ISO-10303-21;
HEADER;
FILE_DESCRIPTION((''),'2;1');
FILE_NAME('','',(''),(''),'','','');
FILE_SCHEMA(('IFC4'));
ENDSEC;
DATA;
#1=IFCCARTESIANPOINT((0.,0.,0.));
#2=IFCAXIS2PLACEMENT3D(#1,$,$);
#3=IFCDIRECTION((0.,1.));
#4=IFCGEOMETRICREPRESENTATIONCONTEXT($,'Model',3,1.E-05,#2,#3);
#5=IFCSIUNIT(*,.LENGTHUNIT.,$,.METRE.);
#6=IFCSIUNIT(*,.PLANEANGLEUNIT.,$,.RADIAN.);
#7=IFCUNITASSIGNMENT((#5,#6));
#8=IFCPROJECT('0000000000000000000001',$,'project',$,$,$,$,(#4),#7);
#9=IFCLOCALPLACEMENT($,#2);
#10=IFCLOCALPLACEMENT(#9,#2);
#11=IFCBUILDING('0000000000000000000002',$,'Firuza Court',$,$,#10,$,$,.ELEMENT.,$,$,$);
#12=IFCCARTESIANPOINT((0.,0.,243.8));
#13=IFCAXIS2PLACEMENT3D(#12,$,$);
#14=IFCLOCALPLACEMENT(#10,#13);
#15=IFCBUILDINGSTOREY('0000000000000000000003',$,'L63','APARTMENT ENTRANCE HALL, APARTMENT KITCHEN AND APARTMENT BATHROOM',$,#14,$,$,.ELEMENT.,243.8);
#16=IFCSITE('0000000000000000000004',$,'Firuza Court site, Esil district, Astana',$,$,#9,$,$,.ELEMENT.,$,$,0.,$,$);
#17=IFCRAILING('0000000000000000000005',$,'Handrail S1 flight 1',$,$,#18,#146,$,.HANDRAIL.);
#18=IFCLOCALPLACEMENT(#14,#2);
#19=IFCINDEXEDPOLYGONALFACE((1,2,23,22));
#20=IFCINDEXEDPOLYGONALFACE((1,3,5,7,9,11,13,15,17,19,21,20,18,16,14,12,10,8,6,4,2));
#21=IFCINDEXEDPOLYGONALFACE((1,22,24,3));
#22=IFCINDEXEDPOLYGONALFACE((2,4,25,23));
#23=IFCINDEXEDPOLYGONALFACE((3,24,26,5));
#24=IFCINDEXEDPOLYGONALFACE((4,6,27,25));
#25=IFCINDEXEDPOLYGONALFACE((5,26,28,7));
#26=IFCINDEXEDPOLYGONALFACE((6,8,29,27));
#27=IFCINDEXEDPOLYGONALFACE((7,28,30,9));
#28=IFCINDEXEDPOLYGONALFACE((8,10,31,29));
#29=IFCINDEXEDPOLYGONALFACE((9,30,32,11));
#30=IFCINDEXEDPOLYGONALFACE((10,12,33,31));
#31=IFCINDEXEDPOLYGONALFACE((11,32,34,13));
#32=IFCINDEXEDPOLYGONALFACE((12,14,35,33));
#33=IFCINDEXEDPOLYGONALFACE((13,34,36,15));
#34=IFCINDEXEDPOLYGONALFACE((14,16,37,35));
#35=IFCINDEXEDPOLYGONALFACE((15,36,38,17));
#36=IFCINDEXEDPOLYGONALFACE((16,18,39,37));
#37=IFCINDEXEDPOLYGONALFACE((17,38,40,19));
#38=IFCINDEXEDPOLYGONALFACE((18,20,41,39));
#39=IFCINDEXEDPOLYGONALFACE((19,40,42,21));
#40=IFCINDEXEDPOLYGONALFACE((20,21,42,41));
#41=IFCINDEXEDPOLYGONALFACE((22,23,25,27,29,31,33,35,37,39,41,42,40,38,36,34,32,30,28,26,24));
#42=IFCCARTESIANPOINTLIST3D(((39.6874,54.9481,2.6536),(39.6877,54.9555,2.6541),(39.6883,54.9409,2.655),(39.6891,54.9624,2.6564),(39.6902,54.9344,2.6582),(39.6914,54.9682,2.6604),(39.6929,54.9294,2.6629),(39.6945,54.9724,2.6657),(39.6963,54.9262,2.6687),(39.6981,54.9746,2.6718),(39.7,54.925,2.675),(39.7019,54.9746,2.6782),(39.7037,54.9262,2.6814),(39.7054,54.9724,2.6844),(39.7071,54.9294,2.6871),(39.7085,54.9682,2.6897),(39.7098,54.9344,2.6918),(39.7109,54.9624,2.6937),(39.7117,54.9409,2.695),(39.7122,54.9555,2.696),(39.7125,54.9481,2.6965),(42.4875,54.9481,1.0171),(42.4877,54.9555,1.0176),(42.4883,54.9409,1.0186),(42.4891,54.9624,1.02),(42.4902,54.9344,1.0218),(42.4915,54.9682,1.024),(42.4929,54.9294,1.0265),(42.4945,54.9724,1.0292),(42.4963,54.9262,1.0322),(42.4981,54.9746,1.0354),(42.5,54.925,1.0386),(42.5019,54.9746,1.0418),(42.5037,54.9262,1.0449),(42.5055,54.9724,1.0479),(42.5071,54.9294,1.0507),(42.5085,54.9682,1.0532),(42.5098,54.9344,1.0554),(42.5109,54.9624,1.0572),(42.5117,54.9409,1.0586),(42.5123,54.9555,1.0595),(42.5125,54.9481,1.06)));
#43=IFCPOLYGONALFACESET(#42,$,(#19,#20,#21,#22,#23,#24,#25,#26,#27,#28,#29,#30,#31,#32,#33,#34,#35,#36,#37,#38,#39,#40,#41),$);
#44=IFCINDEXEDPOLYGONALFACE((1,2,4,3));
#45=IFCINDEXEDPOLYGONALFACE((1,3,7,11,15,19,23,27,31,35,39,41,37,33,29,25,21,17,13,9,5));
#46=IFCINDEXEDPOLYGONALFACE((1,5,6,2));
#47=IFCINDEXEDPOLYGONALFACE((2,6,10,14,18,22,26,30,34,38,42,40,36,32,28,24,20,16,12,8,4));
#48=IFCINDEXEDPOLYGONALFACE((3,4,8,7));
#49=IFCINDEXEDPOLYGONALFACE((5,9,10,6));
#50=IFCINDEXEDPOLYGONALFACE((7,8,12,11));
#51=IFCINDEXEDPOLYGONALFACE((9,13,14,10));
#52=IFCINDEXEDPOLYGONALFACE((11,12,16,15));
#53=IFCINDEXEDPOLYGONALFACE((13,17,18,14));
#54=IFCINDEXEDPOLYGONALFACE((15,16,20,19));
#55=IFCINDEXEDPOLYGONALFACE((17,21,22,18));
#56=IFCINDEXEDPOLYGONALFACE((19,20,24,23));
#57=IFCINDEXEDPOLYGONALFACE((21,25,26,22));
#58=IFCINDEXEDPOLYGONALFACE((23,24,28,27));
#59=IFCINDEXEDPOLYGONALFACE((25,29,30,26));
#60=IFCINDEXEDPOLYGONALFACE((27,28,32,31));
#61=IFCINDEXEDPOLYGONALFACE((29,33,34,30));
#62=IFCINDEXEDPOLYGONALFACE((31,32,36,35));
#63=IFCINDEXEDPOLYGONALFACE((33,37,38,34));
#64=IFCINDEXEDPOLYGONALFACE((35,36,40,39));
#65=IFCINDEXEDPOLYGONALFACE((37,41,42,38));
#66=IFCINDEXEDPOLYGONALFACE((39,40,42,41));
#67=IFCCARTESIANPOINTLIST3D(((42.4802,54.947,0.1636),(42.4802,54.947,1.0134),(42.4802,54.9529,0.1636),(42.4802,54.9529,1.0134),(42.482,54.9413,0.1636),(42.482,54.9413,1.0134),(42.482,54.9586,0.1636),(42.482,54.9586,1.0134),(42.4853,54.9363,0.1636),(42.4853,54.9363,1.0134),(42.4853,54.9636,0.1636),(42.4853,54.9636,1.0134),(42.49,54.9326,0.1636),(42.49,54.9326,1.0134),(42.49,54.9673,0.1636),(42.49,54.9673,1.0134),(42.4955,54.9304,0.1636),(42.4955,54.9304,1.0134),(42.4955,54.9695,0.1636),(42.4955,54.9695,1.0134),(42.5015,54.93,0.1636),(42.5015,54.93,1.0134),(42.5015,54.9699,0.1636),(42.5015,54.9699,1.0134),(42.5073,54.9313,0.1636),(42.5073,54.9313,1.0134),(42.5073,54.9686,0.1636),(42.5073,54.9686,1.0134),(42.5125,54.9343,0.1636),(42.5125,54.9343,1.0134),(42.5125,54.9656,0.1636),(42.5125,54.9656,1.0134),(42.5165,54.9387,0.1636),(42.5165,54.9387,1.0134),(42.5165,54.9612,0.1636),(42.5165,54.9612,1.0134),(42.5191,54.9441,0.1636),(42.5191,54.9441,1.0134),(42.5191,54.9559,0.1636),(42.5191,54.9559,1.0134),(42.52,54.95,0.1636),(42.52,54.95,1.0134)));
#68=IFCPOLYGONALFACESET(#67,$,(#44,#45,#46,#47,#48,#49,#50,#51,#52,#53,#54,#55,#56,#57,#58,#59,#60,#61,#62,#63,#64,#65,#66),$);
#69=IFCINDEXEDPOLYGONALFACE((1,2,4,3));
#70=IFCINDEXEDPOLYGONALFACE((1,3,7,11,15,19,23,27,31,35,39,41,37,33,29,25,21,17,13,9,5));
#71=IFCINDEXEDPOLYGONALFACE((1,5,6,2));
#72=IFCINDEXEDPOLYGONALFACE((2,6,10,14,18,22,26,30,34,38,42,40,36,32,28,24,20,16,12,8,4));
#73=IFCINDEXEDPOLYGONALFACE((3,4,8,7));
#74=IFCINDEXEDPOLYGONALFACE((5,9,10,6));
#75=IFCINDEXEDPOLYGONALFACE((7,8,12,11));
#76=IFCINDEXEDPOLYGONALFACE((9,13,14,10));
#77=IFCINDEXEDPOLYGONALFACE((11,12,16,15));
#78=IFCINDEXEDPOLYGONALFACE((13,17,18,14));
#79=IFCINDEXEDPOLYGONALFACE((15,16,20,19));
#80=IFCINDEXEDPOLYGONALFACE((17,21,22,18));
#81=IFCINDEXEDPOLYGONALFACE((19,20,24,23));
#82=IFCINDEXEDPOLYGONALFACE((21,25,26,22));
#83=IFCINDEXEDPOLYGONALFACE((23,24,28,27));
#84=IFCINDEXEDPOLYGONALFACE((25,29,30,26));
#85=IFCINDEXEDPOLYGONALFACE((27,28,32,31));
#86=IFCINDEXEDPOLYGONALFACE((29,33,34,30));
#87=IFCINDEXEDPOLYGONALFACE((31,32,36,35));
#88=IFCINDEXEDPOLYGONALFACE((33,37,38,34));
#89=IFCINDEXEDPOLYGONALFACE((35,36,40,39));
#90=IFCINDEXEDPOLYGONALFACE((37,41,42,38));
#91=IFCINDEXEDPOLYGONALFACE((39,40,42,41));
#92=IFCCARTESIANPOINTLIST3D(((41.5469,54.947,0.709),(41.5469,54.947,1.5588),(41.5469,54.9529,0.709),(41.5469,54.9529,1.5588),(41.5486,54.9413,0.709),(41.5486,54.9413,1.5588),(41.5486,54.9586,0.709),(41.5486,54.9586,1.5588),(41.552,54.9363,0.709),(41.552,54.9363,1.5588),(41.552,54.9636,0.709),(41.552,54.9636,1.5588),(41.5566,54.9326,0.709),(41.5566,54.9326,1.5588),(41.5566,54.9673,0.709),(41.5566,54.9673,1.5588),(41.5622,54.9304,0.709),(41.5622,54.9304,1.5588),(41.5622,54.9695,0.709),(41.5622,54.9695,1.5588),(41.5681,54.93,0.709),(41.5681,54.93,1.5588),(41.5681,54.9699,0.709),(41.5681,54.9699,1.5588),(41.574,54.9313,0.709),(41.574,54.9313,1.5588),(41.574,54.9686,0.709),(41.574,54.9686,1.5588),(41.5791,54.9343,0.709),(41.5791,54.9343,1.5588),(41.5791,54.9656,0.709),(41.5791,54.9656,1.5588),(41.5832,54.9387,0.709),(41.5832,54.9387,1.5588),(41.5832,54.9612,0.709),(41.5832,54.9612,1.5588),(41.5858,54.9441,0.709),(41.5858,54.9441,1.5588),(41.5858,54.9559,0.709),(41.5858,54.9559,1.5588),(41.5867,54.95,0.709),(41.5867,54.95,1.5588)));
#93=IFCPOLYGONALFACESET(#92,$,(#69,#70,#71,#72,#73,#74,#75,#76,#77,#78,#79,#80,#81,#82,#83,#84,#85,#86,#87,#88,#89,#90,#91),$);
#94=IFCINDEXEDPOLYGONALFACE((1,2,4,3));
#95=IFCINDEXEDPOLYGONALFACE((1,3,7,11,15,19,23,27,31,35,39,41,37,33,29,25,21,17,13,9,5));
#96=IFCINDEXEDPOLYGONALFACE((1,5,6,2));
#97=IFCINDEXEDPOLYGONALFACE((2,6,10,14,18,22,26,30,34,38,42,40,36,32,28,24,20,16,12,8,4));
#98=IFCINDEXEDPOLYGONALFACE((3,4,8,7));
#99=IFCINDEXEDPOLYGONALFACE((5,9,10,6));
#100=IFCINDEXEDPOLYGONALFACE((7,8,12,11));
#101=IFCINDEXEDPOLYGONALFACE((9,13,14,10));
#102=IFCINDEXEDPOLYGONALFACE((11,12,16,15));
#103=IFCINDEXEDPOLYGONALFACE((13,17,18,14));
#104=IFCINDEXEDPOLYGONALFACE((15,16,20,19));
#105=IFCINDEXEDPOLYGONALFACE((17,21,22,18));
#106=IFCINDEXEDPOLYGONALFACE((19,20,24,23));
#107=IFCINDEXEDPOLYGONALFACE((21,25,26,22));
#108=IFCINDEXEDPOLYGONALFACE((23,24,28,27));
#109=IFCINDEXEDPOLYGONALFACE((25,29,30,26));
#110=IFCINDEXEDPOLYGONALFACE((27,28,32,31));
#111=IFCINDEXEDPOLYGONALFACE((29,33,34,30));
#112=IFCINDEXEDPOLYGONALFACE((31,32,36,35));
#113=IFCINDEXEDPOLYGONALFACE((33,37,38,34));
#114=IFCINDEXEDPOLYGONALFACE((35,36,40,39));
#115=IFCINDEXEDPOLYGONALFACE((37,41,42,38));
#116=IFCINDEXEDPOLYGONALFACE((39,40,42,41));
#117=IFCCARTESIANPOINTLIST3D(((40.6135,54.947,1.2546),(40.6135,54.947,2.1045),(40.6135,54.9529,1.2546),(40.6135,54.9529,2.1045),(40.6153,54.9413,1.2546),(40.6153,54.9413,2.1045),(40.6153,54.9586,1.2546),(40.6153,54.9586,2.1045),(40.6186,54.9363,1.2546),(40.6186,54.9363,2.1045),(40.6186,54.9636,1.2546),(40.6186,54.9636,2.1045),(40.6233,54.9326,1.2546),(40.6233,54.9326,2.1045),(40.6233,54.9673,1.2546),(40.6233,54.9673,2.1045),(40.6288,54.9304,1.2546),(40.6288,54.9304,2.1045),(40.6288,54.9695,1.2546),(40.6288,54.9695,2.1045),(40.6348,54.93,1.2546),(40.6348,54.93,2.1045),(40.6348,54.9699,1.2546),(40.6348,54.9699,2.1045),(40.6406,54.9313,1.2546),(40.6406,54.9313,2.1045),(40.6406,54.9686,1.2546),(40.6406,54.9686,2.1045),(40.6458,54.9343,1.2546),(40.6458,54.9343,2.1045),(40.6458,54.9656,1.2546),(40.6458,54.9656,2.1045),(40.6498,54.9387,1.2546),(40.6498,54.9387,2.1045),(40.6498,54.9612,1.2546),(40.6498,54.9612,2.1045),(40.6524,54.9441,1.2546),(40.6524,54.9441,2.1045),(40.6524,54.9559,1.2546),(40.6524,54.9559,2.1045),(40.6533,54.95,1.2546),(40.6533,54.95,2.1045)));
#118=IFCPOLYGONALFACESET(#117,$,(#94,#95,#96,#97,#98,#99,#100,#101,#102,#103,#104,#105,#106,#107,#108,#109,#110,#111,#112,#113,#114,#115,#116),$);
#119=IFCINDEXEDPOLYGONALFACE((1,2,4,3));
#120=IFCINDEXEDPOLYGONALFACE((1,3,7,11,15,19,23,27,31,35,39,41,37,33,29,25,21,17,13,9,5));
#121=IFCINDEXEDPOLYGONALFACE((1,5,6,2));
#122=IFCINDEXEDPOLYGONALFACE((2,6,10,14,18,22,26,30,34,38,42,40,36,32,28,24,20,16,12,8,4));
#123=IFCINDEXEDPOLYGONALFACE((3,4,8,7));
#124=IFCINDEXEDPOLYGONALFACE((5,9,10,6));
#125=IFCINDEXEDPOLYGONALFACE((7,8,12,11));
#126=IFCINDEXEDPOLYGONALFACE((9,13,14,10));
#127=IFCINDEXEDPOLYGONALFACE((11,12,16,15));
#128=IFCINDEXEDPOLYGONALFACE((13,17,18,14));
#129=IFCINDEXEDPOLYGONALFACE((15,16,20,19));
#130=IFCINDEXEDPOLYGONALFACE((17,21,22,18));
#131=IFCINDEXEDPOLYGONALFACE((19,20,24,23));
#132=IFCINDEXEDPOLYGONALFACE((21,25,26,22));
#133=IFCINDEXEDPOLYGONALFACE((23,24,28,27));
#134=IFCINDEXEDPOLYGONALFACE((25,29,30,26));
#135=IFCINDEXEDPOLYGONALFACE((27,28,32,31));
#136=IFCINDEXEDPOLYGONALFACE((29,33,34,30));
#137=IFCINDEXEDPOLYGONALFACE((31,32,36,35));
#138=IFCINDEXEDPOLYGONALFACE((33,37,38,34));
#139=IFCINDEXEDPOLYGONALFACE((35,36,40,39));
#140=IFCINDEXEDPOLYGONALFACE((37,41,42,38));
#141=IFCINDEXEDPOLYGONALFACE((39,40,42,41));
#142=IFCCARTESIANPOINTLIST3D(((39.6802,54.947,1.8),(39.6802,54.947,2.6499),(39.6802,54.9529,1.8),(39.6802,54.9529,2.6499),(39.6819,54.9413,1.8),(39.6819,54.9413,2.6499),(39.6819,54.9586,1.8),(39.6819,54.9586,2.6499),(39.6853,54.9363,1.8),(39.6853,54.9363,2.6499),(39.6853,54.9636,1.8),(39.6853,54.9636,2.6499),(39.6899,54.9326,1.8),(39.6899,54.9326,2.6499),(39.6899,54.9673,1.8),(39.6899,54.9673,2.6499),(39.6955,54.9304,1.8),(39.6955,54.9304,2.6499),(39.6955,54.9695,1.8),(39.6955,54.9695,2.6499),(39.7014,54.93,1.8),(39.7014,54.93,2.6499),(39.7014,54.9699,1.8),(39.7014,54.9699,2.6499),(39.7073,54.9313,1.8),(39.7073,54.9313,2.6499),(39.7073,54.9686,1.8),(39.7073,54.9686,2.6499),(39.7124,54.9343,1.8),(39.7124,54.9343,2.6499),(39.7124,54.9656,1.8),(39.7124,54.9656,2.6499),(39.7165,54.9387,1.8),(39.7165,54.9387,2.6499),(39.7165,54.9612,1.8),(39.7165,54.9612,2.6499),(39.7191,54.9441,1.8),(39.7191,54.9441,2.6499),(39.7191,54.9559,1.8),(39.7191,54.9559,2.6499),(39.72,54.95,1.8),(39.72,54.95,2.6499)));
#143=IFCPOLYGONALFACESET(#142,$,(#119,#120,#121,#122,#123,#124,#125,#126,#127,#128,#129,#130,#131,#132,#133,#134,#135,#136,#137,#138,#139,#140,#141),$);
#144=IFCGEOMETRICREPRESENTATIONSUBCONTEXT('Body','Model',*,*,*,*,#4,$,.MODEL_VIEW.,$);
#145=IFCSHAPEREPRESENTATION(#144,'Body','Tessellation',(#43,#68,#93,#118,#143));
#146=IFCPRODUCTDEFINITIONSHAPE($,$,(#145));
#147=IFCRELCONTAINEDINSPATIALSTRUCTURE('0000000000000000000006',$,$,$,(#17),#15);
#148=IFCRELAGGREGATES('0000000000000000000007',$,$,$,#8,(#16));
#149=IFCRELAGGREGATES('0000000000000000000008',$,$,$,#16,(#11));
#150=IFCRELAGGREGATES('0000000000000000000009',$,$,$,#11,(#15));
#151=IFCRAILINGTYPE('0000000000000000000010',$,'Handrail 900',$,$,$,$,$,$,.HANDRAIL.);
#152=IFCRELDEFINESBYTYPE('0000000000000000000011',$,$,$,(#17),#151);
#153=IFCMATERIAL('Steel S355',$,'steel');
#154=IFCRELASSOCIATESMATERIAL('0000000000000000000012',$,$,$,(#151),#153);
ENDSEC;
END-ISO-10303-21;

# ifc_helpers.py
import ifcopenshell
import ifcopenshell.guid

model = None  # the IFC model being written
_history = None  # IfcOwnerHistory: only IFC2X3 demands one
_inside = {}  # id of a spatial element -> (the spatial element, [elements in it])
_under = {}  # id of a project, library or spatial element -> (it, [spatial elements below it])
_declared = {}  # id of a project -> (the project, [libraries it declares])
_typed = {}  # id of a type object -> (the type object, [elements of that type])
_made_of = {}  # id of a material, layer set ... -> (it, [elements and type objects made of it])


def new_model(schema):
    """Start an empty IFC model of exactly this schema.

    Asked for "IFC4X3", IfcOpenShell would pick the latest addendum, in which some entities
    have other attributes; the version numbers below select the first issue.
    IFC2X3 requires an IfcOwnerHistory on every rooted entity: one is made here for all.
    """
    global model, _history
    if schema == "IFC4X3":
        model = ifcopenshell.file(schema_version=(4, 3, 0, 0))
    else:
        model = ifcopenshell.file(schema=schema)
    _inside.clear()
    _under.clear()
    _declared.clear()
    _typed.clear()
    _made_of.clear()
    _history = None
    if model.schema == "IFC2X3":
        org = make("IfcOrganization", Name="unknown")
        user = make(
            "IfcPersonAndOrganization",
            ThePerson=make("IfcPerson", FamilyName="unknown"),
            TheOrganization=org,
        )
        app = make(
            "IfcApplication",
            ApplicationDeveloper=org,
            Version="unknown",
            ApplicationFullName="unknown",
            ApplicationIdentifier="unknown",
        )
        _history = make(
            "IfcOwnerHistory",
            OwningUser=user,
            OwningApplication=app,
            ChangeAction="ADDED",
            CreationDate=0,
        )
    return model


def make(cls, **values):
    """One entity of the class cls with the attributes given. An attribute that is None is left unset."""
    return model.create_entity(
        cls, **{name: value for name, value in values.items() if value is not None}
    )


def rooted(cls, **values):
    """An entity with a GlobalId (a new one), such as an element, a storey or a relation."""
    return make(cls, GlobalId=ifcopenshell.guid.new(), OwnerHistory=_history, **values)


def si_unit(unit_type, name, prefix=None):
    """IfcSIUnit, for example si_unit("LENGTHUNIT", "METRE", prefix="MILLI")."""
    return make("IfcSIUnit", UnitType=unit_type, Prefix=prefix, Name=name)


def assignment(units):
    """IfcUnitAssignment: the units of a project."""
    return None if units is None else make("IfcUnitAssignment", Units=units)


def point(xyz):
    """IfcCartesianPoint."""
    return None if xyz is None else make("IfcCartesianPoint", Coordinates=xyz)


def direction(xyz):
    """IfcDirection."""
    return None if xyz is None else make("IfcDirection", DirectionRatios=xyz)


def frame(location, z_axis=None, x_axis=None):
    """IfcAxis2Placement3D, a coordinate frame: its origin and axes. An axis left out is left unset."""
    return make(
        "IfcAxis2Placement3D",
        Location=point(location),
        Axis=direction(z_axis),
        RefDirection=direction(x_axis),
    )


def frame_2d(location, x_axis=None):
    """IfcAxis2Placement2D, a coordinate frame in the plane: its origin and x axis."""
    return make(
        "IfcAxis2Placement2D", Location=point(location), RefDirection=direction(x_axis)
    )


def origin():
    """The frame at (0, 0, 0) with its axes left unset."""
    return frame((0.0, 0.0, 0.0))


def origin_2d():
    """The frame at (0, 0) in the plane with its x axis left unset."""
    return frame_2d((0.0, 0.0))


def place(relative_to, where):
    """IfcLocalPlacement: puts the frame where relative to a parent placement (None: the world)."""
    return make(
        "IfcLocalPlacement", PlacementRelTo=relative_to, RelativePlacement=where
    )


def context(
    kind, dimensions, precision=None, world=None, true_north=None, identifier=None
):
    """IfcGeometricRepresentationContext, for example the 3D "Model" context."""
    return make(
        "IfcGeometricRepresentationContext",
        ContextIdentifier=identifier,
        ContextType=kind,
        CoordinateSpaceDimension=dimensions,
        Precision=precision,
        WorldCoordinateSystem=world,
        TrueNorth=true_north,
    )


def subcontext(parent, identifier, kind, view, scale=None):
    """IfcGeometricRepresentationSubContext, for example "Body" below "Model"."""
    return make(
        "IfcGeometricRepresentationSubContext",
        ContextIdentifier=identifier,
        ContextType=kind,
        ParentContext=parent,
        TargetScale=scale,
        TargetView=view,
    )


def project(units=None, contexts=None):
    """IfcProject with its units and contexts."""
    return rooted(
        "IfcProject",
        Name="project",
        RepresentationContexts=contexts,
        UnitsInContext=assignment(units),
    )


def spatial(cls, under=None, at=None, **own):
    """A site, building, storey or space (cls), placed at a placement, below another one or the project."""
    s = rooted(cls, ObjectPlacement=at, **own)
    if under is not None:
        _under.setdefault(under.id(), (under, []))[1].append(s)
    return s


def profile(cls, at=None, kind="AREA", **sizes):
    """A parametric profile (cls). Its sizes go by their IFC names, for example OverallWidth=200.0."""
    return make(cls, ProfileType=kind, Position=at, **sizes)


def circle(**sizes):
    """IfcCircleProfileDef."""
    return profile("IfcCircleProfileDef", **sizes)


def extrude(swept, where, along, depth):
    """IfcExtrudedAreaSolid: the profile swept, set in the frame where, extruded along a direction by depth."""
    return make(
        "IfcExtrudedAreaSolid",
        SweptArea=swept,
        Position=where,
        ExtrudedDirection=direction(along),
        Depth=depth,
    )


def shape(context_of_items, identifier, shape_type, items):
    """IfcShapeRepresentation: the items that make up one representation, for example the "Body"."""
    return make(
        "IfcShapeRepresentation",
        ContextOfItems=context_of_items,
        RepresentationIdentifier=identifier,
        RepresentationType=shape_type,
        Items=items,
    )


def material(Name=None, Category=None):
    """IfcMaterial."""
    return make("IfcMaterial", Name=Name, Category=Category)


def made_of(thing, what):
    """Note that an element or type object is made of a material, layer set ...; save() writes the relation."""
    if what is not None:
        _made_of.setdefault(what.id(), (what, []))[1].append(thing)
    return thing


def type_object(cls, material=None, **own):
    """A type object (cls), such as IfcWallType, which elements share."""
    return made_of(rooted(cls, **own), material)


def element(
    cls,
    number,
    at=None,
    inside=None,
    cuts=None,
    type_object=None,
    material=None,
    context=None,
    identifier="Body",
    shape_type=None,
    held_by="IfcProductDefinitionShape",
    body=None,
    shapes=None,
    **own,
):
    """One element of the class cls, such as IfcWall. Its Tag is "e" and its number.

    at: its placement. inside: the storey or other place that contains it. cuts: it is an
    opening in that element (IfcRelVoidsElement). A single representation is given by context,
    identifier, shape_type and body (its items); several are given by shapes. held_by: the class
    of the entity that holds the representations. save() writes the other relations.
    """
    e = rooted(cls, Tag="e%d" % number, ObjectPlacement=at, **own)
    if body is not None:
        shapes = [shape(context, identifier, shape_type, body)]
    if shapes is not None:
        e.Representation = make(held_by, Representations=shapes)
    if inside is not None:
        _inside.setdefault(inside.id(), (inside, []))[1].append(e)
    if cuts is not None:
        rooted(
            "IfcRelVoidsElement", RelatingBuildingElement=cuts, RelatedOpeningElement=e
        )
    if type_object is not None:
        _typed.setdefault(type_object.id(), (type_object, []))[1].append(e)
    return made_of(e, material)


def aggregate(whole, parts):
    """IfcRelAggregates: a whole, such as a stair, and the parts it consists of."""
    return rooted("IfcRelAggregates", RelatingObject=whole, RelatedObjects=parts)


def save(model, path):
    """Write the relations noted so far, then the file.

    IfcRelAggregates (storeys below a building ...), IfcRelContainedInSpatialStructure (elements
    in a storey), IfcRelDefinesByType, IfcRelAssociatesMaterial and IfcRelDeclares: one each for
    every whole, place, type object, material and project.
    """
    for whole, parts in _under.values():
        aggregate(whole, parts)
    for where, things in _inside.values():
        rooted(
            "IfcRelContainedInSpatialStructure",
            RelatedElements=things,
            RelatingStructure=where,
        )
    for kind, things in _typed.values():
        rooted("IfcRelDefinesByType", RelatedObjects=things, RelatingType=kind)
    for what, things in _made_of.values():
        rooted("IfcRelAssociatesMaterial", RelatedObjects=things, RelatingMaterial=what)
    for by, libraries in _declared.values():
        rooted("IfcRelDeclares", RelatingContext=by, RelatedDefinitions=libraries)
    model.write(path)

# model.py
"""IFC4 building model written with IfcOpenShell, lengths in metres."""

from ifc_helpers import new_model, si_unit, direction, frame, origin, origin_2d, place, context, subcontext, project, spatial, circle, extrude, material, type_object, element, save


model = new_model("IFC4")

# Units and contexts
model_context = context("Model", 3, precision=1e-05, world=origin(), true_north=direction((0.0, 1.0)))
body_context = subcontext(model_context, "Body", "Model", "MODEL_VIEW")
ifc_project = project(units=[si_unit("LENGTHUNIT", "METRE"), si_unit("PLANEANGLEUNIT", "RADIAN")], contexts=[model_context])

# Site, building, storey
site_placement = place(None, origin())
site = spatial("IfcSite", under=ifc_project, at=site_placement, Name="Firuza Court site, Esil district, Astana", CompositionType="ELEMENT", RefElevation=0.0)
building_placement = place(site_placement, origin())
building = spatial("IfcBuilding", under=site, at=building_placement, Name="Firuza Court", CompositionType="ELEMENT")
storey_placement = place(building_placement, frame((0.0, 0.0, 243.8)))
storey = spatial("IfcBuildingStorey", under=building, at=storey_placement, Name="L63", Description="APARTMENT ENTRANCE HALL, APARTMENT KITCHEN AND APARTMENT BATHROOM", CompositionType="ELEMENT", Elevation=243.8)

# Railing
ifc_material_1 = material(Name="Steel S355", Category="steel")
railing_type_1 = type_object("IfcRailingType", Name="Handrail 900", PredefinedType="HANDRAIL", material=ifc_material_1)
railing_1_placement = place(storey_placement, frame((42.5, 54.95, 0.1636)))
element("IfcRailing", 1, at=railing_1_placement, inside=storey, type_object=railing_type_1, Name="Handrail S1 flight 1", PredefinedType="HANDRAIL", context=body_context, shape_type="SweptSolid", body=[
    extrude(circle(Radius=0.0249, at=origin_2d()), frame((0.0, 0.0, 0.875), z_axis=(-0.863361, 0.0, 0.504587), x_axis=(0.0, -1.0, 0.0)), (0.0, 0.0, 1.0), 3.2432),
    extrude(circle(Radius=0.02, at=origin_2d()), origin(), (0.0, 0.0, 1.0), 0.8499),
    extrude(circle(Radius=0.02, at=origin_2d()), frame((-0.9333, 0.0, 0.5454)), (0.0, 0.0, 1.0), 0.8499),
    extrude(circle(Radius=0.02, at=origin_2d()), frame((-1.8667, 0.0, 1.0911)), (0.0, 0.0, 1.0), 0.8499),
    extrude(circle(Radius=0.02, at=origin_2d()), frame((-2.8, 0.0, 1.6365)), (0.0, 0.0, 1.0), 0.8499),
])

save(model, "model.ifc")
